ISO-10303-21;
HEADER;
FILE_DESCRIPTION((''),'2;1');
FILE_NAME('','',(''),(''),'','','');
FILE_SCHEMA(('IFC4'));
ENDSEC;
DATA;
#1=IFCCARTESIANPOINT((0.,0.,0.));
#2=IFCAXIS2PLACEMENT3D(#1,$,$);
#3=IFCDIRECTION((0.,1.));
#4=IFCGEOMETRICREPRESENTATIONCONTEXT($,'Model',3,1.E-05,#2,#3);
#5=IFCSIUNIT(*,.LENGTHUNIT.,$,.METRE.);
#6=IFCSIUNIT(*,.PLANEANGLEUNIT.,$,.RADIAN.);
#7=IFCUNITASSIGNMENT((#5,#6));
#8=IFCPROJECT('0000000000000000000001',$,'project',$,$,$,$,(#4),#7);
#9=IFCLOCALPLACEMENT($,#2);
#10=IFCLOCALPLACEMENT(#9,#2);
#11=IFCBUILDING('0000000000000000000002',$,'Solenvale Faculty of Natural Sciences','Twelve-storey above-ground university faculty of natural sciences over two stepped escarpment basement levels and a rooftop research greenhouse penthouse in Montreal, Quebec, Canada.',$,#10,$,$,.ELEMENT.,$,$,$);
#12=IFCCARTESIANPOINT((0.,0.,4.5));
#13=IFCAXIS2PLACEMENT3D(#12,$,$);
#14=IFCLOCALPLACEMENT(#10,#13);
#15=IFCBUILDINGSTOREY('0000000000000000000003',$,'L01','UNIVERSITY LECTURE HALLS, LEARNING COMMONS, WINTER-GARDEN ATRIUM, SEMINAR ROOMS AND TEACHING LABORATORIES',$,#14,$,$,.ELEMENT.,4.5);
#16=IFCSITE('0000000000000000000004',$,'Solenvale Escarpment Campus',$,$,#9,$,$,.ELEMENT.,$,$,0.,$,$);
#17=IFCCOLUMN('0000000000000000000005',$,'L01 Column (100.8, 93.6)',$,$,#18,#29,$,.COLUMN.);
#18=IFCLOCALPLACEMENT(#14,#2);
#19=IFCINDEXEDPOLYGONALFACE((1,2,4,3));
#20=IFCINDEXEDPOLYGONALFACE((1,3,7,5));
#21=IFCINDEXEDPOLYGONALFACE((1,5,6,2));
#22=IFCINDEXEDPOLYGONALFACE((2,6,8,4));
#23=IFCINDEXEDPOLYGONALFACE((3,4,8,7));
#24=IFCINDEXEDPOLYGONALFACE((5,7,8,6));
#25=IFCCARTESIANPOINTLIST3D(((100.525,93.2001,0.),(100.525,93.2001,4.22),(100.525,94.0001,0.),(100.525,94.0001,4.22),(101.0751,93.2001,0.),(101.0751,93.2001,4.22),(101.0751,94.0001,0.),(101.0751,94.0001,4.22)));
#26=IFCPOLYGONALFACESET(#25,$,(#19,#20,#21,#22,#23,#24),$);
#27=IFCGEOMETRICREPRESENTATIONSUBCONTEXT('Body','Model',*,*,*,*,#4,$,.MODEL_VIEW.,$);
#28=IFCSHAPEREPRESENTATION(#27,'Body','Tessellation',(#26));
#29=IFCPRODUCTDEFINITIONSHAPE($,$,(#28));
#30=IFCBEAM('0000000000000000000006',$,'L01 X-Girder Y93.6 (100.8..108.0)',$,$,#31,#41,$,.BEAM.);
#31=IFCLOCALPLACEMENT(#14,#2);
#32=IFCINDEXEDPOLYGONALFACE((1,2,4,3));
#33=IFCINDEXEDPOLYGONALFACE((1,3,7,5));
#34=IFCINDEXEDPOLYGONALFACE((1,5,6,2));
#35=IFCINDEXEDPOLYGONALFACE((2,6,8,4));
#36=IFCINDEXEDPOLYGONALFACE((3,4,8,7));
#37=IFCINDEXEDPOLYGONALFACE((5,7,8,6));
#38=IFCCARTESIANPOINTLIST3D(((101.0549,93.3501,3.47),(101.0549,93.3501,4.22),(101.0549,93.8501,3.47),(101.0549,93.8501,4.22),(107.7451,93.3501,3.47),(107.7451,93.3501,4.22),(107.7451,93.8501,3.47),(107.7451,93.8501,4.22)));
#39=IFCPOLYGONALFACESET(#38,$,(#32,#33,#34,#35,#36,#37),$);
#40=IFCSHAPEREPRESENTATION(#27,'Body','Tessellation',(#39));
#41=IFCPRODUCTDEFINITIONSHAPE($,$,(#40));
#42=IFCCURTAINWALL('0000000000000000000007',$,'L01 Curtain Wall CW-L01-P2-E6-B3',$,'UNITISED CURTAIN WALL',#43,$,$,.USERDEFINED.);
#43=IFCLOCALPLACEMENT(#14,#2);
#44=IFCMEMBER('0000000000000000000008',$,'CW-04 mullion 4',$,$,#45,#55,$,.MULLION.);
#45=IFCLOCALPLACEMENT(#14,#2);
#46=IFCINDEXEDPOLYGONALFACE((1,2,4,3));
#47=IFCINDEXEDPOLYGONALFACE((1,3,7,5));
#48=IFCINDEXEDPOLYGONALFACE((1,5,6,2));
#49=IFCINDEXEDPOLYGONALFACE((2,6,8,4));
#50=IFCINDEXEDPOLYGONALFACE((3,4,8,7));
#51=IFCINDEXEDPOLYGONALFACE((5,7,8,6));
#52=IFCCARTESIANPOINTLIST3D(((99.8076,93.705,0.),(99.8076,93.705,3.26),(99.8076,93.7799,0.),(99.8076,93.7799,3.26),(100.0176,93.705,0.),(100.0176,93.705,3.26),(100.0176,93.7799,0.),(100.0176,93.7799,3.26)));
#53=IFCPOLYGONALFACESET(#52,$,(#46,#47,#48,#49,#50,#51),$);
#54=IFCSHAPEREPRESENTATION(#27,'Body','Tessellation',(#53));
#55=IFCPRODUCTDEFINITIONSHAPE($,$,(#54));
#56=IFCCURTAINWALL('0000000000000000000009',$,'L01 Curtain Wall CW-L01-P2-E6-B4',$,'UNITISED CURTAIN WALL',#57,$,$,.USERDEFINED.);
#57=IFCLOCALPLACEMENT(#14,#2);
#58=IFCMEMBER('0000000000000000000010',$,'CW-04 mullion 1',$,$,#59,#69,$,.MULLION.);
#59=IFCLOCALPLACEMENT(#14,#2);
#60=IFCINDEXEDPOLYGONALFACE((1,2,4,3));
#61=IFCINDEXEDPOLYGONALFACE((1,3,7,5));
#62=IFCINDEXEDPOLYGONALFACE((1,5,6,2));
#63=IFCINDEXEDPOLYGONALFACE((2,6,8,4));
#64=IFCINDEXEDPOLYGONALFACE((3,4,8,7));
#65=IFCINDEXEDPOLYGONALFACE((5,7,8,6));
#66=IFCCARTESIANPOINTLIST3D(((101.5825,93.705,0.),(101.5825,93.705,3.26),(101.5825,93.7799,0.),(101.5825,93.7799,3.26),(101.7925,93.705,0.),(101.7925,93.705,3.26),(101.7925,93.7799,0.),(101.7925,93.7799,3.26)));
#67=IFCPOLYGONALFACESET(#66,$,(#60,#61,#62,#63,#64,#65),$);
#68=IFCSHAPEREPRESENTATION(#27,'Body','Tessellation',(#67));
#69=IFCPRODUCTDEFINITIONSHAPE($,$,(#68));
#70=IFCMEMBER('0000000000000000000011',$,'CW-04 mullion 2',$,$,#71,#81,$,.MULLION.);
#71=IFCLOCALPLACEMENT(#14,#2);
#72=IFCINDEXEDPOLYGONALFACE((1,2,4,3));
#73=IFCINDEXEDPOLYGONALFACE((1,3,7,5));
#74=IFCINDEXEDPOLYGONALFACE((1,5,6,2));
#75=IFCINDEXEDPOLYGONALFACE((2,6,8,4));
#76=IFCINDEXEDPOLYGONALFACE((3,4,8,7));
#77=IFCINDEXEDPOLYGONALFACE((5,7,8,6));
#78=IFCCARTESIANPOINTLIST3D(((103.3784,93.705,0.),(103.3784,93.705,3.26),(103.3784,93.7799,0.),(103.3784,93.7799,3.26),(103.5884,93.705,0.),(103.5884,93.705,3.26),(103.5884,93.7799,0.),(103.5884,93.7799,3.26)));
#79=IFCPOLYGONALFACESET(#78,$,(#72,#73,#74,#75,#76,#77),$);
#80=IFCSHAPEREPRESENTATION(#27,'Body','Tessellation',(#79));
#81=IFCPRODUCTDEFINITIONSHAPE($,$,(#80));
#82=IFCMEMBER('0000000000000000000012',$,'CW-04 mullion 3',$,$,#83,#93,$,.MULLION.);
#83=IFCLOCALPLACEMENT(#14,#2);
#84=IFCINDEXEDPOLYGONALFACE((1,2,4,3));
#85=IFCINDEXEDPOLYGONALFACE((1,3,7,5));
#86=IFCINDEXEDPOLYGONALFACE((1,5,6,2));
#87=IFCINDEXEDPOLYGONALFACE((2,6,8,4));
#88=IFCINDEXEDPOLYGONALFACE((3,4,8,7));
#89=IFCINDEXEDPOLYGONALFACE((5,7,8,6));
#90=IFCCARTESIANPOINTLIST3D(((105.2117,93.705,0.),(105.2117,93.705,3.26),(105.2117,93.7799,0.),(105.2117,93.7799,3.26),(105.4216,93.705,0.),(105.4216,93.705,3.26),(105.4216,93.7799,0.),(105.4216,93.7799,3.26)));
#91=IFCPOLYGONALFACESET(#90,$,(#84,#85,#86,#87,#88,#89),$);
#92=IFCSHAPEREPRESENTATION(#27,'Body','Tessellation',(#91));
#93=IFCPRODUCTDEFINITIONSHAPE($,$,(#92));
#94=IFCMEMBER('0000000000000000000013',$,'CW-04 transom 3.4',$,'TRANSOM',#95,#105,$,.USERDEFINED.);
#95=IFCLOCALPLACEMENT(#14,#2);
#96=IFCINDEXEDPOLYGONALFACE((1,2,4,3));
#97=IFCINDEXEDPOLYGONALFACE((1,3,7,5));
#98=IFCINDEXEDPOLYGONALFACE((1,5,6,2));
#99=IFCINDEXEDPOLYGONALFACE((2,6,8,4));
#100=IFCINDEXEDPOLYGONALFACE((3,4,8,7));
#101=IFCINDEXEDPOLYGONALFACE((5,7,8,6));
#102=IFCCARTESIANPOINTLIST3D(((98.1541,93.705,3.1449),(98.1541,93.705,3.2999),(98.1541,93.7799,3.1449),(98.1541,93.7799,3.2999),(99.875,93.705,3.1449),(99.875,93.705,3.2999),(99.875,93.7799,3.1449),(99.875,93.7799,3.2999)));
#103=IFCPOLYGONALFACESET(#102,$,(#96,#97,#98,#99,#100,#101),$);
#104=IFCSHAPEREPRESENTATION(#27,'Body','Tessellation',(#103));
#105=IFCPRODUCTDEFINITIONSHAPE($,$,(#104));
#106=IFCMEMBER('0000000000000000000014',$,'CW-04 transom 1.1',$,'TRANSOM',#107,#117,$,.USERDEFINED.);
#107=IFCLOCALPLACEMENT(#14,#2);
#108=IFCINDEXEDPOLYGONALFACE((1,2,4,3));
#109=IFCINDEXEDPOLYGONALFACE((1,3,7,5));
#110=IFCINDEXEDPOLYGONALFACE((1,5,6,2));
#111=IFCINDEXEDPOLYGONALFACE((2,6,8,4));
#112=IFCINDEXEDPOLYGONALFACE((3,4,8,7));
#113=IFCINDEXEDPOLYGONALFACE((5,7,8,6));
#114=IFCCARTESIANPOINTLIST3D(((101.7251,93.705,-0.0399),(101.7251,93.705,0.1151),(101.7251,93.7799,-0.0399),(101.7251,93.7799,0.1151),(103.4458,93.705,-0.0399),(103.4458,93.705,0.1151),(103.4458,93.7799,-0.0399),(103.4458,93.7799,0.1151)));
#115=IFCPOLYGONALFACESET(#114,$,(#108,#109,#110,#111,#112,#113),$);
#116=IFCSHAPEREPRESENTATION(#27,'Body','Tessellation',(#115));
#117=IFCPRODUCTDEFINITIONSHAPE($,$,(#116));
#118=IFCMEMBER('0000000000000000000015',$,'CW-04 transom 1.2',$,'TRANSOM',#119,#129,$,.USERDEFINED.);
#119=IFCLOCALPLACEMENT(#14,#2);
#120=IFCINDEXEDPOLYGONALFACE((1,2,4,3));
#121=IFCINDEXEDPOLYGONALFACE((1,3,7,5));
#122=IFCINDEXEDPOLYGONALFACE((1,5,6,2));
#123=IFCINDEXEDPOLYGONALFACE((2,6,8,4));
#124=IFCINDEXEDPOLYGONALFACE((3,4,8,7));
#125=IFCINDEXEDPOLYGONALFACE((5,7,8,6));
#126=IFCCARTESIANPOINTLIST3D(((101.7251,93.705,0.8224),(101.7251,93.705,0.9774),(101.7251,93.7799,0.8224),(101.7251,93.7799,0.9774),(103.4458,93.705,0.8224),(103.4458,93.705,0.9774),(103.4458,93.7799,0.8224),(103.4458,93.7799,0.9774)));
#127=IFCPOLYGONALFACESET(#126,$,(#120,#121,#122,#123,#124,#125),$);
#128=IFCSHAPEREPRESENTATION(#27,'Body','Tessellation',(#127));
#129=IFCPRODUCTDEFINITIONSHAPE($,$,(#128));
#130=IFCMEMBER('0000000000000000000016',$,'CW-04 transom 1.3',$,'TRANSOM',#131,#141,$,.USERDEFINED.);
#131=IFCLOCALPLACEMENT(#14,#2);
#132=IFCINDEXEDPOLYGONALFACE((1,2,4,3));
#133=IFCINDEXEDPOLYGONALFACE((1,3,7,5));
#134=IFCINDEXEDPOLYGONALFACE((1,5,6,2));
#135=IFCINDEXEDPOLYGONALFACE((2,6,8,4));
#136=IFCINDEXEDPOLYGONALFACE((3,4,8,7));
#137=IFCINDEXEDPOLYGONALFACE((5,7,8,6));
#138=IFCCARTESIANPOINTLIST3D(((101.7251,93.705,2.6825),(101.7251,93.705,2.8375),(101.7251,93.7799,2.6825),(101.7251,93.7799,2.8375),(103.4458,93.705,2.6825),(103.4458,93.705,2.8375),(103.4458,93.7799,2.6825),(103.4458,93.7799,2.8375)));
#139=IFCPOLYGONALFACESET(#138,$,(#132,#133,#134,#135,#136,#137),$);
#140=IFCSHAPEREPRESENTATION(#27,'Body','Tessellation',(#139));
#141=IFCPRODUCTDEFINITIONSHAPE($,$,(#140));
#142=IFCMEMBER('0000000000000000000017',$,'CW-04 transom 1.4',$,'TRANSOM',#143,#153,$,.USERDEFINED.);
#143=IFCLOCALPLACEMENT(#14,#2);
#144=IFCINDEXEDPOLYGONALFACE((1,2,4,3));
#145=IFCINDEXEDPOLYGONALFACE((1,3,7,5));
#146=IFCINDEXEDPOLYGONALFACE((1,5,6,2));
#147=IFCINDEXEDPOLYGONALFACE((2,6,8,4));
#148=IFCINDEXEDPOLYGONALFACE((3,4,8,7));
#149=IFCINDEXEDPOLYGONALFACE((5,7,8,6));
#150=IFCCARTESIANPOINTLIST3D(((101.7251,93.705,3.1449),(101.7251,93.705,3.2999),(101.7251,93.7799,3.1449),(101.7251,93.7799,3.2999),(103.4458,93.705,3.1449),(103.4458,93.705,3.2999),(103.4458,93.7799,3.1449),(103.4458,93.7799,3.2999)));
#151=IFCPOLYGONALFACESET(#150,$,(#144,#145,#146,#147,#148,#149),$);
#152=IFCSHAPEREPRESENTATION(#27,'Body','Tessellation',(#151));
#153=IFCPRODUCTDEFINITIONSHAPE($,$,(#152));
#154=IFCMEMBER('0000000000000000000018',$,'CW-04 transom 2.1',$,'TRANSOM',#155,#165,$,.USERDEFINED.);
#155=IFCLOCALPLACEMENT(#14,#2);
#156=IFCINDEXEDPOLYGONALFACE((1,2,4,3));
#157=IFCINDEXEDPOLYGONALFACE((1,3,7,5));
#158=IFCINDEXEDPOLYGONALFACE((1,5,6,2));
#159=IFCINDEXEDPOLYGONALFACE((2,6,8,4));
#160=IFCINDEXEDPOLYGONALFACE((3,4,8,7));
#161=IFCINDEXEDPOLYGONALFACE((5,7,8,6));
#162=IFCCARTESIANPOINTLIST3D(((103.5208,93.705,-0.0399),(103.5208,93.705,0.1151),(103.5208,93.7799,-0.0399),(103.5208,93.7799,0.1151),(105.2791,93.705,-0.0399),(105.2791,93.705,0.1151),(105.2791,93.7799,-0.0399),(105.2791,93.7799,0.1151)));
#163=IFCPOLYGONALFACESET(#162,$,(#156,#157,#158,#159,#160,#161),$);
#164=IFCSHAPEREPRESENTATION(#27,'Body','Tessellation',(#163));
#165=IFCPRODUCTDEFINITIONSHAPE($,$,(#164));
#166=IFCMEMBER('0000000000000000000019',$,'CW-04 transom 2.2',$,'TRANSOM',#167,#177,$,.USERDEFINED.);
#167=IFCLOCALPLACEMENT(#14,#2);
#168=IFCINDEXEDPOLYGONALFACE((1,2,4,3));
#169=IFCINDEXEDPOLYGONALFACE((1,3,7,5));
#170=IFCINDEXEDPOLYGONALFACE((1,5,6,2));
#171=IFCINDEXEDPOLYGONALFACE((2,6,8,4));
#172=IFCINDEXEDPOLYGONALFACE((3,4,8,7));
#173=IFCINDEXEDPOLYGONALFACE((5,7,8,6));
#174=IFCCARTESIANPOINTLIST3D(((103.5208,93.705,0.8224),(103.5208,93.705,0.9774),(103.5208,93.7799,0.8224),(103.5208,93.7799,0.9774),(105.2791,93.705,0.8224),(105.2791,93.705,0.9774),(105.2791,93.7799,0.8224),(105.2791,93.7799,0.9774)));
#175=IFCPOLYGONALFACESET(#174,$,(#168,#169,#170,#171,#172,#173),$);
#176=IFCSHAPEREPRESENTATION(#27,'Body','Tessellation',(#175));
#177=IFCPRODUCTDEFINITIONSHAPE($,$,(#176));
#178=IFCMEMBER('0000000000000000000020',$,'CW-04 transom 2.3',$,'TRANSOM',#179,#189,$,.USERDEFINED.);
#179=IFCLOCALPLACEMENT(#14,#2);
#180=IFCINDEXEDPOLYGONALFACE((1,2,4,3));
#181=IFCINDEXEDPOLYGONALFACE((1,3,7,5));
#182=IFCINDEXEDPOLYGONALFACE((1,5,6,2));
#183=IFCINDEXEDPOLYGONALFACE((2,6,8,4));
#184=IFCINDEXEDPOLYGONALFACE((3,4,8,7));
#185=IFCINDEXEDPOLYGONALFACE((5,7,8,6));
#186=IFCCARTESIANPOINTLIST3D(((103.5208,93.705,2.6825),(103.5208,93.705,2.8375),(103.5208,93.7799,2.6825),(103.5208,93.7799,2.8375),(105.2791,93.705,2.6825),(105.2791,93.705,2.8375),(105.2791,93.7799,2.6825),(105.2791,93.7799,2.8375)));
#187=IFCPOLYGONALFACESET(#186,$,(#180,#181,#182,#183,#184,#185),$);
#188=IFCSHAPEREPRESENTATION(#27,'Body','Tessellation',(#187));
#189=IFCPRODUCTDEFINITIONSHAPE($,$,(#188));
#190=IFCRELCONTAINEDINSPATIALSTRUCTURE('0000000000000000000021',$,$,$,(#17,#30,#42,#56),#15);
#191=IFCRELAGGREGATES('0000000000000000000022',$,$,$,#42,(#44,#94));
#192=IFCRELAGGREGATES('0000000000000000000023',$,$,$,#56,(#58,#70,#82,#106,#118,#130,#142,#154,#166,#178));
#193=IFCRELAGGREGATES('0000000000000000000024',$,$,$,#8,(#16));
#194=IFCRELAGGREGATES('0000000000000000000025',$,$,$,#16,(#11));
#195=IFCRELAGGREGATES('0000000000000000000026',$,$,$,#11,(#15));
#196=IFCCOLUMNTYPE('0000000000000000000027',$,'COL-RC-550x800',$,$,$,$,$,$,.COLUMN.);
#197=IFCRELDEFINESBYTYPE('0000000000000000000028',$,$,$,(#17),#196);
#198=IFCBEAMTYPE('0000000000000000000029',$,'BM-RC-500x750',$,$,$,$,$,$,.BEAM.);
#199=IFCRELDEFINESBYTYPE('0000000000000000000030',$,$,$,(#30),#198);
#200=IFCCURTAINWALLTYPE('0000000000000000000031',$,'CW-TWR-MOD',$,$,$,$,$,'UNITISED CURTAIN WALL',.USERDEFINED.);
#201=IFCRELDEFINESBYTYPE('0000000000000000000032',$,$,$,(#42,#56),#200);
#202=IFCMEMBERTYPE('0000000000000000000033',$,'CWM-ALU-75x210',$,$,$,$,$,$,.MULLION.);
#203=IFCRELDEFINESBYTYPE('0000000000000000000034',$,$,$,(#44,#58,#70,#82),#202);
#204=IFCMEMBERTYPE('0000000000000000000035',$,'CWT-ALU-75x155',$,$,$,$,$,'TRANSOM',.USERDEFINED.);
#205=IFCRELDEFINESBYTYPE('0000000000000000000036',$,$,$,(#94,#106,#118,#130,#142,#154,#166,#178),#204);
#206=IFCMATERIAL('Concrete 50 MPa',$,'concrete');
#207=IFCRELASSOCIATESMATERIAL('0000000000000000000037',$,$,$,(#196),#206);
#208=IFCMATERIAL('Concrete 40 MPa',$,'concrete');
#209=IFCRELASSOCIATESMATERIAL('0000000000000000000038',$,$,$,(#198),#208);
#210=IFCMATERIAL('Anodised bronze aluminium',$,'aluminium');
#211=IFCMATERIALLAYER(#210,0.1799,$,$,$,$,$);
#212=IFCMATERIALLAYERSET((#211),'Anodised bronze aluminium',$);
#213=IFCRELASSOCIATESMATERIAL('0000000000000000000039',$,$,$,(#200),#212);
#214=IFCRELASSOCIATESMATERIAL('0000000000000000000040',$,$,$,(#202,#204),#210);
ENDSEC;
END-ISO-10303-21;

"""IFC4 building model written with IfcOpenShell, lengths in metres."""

from ifc_helpers import new_model, si_unit, direction, frame, origin, origin_2d, place, context, subcontext, project, spatial, rectangle, extrude, material, layer, layer_set, material_profile, profile_set, type_object, element, aggregate, save


model = new_model("IFC4")

# Units and contexts
model_context = context("Model", 3, precision=1e-05, world=origin(), true_north=direction((0.0, 1.0)))
body_context = subcontext(model_context, "Body", "Model", "MODEL_VIEW")
ifc_project = project(units=[si_unit("LENGTHUNIT", "METRE"), si_unit("PLANEANGLEUNIT", "RADIAN")], contexts=[model_context])

# Site, building, storey
site_placement = place(None, origin())
site = spatial("IfcSite", under=ifc_project, at=site_placement, Name="Solenvale Escarpment Campus", CompositionType="ELEMENT", RefElevation=0.0)
building_placement = place(site_placement, origin())
building = spatial("IfcBuilding", under=site, at=building_placement, Name="Solenvale Faculty of Natural Sciences", Description="Twelve-storey above-ground university faculty of natural sciences over two stepped escarpment basement levels and a rooftop research greenhouse penthouse in Montreal, Quebec, Canada.", CompositionType="ELEMENT")
storey_placement = place(building_placement, frame((0.0, 0.0, 4.5)))
storey = spatial("IfcBuildingStorey", under=building, at=storey_placement, Name="L01", Description="UNIVERSITY LECTURE HALLS, LEARNING COMMONS, WINTER-GARDEN ATRIUM, SEMINAR ROOMS AND TEACHING LABORATORIES", CompositionType="ELEMENT", Elevation=4.5)

# Column
ifc_material_1 = material(Name="Concrete 50 MPa", Category="concrete")
ifc_material_profile_1 = material_profile(ifc_material_1, rectangle(XDim=0.55, YDim=0.8, at=origin_2d()), Name="RC-COL-550x800")
ifc_profile_set_1 = profile_set([ifc_material_profile_1], Name="Concrete 50 MPa")
column_type = type_object("IfcColumnType", Name="COL-RC-550x800", PredefinedType="COLUMN", material=ifc_profile_set_1)
column_placement = place(storey_placement, frame((100.8, 93.6001, 0.0), z_axis=(0.0, 0.0, 1.0), x_axis=(1.0, 0.0, 0.0)))
element("IfcColumn", 1, at=column_placement, inside=storey, type_object=column_type, Name="L01 Column (100.8, 93.6)", PredefinedType="COLUMN", context=body_context, shape_type="SweptSolid", body=[
    extrude(rectangle(XDim=0.55, YDim=0.8, at=origin_2d()), origin(), (0.0, 0.0, 1.0), 4.22),
])

# Beam
ifc_material_2 = material(Name="Concrete 40 MPa", Category="concrete")
ifc_material_profile_2 = material_profile(ifc_material_2, rectangle(XDim=0.5, YDim=0.75, at=origin_2d()), Name="RC-BM-500x750")
ifc_profile_set_2 = profile_set([ifc_material_profile_2], Name="Concrete 40 MPa")
beam_type = type_object("IfcBeamType", Name="BM-RC-500x750", PredefinedType="BEAM", material=ifc_profile_set_2)
beam_placement = place(storey_placement, frame((101.0549, 93.6001, 3.845), z_axis=(1.0, 0.0, 0.0), x_axis=(0.0, 1.0, 0.0)))
element("IfcBeam", 2, at=beam_placement, inside=storey, type_object=beam_type, Name="L01 X-Girder Y93.6 (100.8..108.0)", PredefinedType="BEAM", context=body_context, shape_type="SweptSolid", body=[
    extrude(rectangle(XDim=0.5, YDim=0.75, at=origin_2d()), origin(), (0.0, 0.0, 1.0), 6.6902),
])

# Curtain wall, member
ifc_material_3 = material(Name="Anodised bronze aluminium", Category="aluminium")
ifc_layer_1 = layer(ifc_material_3, 0.1799)
ifc_layer_set_1 = layer_set([ifc_layer_1], Name="Anodised bronze aluminium")
curtain_wall_type = type_object("IfcCurtainWallType", Name="CW-TWR-MOD", ElementType="UNITISED CURTAIN WALL", PredefinedType="USERDEFINED", material=ifc_layer_set_1)
curtain_wall_1_placement = place(storey_placement, origin())
curtain_wall_1 = element("IfcCurtainWall", 3, at=curtain_wall_1_placement, inside=storey, type_object=curtain_wall_type, Name="L01 Curtain Wall CW-L01-P2-E6-B3", ObjectType="UNITISED CURTAIN WALL", PredefinedType="USERDEFINED")
ifc_material_profile_3 = material_profile(ifc_material_3, rectangle(XDim=0.075, YDim=0.21, at=origin_2d()), Name="ALU-MUL-75x210")
ifc_profile_set_3 = profile_set([ifc_material_profile_3], Name="Anodised bronze aluminium")
member_type_1 = type_object("IfcMemberType", Name="CWM-ALU-75x210", PredefinedType="MULLION", material=ifc_profile_set_3)
member_1_placement = place(storey_placement, frame((99.9126, 93.7424, 0.0), z_axis=(0.0, 0.0, 1.0), x_axis=(0.0, 1.0, 0.0)))
member_1 = element("IfcMember", 4, at=member_1_placement, type_object=member_type_1, Name="CW-04 mullion 4", PredefinedType="MULLION", context=body_context, shape_type="SweptSolid", body=[
    extrude(rectangle(XDim=0.075, YDim=0.21, at=origin_2d()), origin(), (0.0, 0.0, 1.0), 3.26),
])

# Curtain wall, members
curtain_wall_2_placement = place(storey_placement, origin())
curtain_wall_2 = element("IfcCurtainWall", 5, at=curtain_wall_2_placement, inside=storey, type_object=curtain_wall_type, Name="L01 Curtain Wall CW-L01-P2-E6-B4", ObjectType="UNITISED CURTAIN WALL", PredefinedType="USERDEFINED")
member_2_placement = place(storey_placement, frame((101.6875, 93.7424, 0.0), z_axis=(0.0, 0.0, 1.0), x_axis=(0.0, 1.0, 0.0)))
member_2 = element("IfcMember", 6, at=member_2_placement, type_object=member_type_1, Name="CW-04 mullion 1", PredefinedType="MULLION", context=body_context, shape_type="SweptSolid", body=[
    extrude(rectangle(XDim=0.075, YDim=0.21, at=origin_2d()), origin(), (0.0, 0.0, 1.0), 3.26),
])
member_3_placement = place(storey_placement, frame((103.4834, 93.7424, 0.0), z_axis=(0.0, 0.0, 1.0), x_axis=(0.0, 1.0, 0.0)))
member_3 = element("IfcMember", 7, at=member_3_placement, type_object=member_type_1, Name="CW-04 mullion 2", PredefinedType="MULLION", context=body_context, shape_type="SweptSolid", body=[
    extrude(rectangle(XDim=0.075, YDim=0.21, at=origin_2d()), origin(), (0.0, 0.0, 1.0), 3.26),
])
member_4_placement = place(storey_placement, frame((105.3167, 93.7424, 0.0), z_axis=(0.0, 0.0, 1.0), x_axis=(0.0, 1.0, 0.0)))
member_4 = element("IfcMember", 8, at=member_4_placement, type_object=member_type_1, Name="CW-04 mullion 3", PredefinedType="MULLION", context=body_context, shape_type="SweptSolid", body=[
    extrude(rectangle(XDim=0.075, YDim=0.21, at=origin_2d()), origin(), (0.0, 0.0, 1.0), 3.26),
])

# Members
ifc_material_profile_4 = material_profile(ifc_material_3, rectangle(XDim=0.075, YDim=0.155, at=origin_2d()), Name="ALU-TRN-75x155")
ifc_profile_set_4 = profile_set([ifc_material_profile_4], Name="Anodised bronze aluminium")
member_type_2 = type_object("IfcMemberType", Name="CWT-ALU-75x155", ElementType="TRANSOM", PredefinedType="USERDEFINED", material=ifc_profile_set_4)
member_5_placement = place(storey_placement, frame((98.1541, 93.7424, 3.2224), z_axis=(1.0, 0.0, 0.0), x_axis=(0.0, 1.0, 0.0)))
member_5 = element("IfcMember", 9, at=member_5_placement, type_object=member_type_2, Name="CW-04 transom 3.4", ObjectType="TRANSOM", PredefinedType="USERDEFINED", context=body_context, shape_type="SweptSolid", body=[
    extrude(rectangle(XDim=0.075, YDim=0.155, at=origin_2d()), origin(), (0.0, 0.0, 1.0), 1.7209),
])
member_6_placement = place(storey_placement, frame((101.7251, 93.7424, 0.0376), z_axis=(1.0, 0.0, 0.0), x_axis=(0.0, 1.0, 0.0)))
member_6 = element("IfcMember", 10, at=member_6_placement, type_object=member_type_2, Name="CW-04 transom 1.1", ObjectType="TRANSOM", PredefinedType="USERDEFINED", context=body_context, shape_type="SweptSolid", body=[
    extrude(rectangle(XDim=0.075, YDim=0.155, at=origin_2d()), origin(), (0.0, 0.0, 1.0), 1.7207),
])
member_7_placement = place(storey_placement, frame((101.7251, 93.7424, 0.8999), z_axis=(1.0, 0.0, 0.0), x_axis=(0.0, 1.0, 0.0)))
member_7 = element("IfcMember", 11, at=member_7_placement, type_object=member_type_2, Name="CW-04 transom 1.2", ObjectType="TRANSOM", PredefinedType="USERDEFINED", context=body_context, shape_type="SweptSolid", body=[
    extrude(rectangle(XDim=0.075, YDim=0.155, at=origin_2d()), origin(), (0.0, 0.0, 1.0), 1.7207),
])
member_8_placement = place(storey_placement, frame((101.7251, 93.7424, 2.76), z_axis=(1.0, 0.0, 0.0), x_axis=(0.0, 1.0, 0.0)))
member_8 = element("IfcMember", 12, at=member_8_placement, type_object=member_type_2, Name="CW-04 transom 1.3", ObjectType="TRANSOM", PredefinedType="USERDEFINED", context=body_context, shape_type="SweptSolid", body=[
    extrude(rectangle(XDim=0.075, YDim=0.155, at=origin_2d()), origin(), (0.0, 0.0, 1.0), 1.7207),
])
member_9_placement = place(storey_placement, frame((101.7251, 93.7424, 3.2224), z_axis=(1.0, 0.0, 0.0), x_axis=(0.0, 1.0, 0.0)))
member_9 = element("IfcMember", 13, at=member_9_placement, type_object=member_type_2, Name="CW-04 transom 1.4", ObjectType="TRANSOM", PredefinedType="USERDEFINED", context=body_context, shape_type="SweptSolid", body=[
    extrude(rectangle(XDim=0.075, YDim=0.155, at=origin_2d()), origin(), (0.0, 0.0, 1.0), 1.7207),
])
member_10_placement = place(storey_placement, frame((103.5208, 93.7424, 0.0376), z_axis=(1.0, 0.0, 0.0), x_axis=(0.0, 1.0, 0.0)))
member_10 = element("IfcMember", 14, at=member_10_placement, type_object=member_type_2, Name="CW-04 transom 2.1", ObjectType="TRANSOM", PredefinedType="USERDEFINED", context=body_context, shape_type="SweptSolid", body=[
    extrude(rectangle(XDim=0.075, YDim=0.155, at=origin_2d()), origin(), (0.0, 0.0, 1.0), 1.7583),
])
member_11_placement = place(storey_placement, frame((103.5208, 93.7424, 0.8999), z_axis=(1.0, 0.0, 0.0), x_axis=(0.0, 1.0, 0.0)))
member_11 = element("IfcMember", 15, at=member_11_placement, type_object=member_type_2, Name="CW-04 transom 2.2", ObjectType="TRANSOM", PredefinedType="USERDEFINED", context=body_context, shape_type="SweptSolid", body=[
    extrude(rectangle(XDim=0.075, YDim=0.155, at=origin_2d()), origin(), (0.0, 0.0, 1.0), 1.7583),
])
member_12_placement = place(storey_placement, frame((103.5208, 93.7424, 2.76), z_axis=(1.0, 0.0, 0.0), x_axis=(0.0, 1.0, 0.0)))
member_12 = element("IfcMember", 16, at=member_12_placement, type_object=member_type_2, Name="CW-04 transom 2.3", ObjectType="TRANSOM", PredefinedType="USERDEFINED", context=body_context, shape_type="SweptSolid", body=[
    extrude(rectangle(XDim=0.075, YDim=0.155, at=origin_2d()), origin(), (0.0, 0.0, 1.0), 1.7583),
])

aggregate(curtain_wall_1, [member_1, member_5])
aggregate(curtain_wall_2, [member_2, member_3, member_4, member_6, member_7, member_8, member_9, member_10, member_11, member_12])

save(model, "model.ifc")
